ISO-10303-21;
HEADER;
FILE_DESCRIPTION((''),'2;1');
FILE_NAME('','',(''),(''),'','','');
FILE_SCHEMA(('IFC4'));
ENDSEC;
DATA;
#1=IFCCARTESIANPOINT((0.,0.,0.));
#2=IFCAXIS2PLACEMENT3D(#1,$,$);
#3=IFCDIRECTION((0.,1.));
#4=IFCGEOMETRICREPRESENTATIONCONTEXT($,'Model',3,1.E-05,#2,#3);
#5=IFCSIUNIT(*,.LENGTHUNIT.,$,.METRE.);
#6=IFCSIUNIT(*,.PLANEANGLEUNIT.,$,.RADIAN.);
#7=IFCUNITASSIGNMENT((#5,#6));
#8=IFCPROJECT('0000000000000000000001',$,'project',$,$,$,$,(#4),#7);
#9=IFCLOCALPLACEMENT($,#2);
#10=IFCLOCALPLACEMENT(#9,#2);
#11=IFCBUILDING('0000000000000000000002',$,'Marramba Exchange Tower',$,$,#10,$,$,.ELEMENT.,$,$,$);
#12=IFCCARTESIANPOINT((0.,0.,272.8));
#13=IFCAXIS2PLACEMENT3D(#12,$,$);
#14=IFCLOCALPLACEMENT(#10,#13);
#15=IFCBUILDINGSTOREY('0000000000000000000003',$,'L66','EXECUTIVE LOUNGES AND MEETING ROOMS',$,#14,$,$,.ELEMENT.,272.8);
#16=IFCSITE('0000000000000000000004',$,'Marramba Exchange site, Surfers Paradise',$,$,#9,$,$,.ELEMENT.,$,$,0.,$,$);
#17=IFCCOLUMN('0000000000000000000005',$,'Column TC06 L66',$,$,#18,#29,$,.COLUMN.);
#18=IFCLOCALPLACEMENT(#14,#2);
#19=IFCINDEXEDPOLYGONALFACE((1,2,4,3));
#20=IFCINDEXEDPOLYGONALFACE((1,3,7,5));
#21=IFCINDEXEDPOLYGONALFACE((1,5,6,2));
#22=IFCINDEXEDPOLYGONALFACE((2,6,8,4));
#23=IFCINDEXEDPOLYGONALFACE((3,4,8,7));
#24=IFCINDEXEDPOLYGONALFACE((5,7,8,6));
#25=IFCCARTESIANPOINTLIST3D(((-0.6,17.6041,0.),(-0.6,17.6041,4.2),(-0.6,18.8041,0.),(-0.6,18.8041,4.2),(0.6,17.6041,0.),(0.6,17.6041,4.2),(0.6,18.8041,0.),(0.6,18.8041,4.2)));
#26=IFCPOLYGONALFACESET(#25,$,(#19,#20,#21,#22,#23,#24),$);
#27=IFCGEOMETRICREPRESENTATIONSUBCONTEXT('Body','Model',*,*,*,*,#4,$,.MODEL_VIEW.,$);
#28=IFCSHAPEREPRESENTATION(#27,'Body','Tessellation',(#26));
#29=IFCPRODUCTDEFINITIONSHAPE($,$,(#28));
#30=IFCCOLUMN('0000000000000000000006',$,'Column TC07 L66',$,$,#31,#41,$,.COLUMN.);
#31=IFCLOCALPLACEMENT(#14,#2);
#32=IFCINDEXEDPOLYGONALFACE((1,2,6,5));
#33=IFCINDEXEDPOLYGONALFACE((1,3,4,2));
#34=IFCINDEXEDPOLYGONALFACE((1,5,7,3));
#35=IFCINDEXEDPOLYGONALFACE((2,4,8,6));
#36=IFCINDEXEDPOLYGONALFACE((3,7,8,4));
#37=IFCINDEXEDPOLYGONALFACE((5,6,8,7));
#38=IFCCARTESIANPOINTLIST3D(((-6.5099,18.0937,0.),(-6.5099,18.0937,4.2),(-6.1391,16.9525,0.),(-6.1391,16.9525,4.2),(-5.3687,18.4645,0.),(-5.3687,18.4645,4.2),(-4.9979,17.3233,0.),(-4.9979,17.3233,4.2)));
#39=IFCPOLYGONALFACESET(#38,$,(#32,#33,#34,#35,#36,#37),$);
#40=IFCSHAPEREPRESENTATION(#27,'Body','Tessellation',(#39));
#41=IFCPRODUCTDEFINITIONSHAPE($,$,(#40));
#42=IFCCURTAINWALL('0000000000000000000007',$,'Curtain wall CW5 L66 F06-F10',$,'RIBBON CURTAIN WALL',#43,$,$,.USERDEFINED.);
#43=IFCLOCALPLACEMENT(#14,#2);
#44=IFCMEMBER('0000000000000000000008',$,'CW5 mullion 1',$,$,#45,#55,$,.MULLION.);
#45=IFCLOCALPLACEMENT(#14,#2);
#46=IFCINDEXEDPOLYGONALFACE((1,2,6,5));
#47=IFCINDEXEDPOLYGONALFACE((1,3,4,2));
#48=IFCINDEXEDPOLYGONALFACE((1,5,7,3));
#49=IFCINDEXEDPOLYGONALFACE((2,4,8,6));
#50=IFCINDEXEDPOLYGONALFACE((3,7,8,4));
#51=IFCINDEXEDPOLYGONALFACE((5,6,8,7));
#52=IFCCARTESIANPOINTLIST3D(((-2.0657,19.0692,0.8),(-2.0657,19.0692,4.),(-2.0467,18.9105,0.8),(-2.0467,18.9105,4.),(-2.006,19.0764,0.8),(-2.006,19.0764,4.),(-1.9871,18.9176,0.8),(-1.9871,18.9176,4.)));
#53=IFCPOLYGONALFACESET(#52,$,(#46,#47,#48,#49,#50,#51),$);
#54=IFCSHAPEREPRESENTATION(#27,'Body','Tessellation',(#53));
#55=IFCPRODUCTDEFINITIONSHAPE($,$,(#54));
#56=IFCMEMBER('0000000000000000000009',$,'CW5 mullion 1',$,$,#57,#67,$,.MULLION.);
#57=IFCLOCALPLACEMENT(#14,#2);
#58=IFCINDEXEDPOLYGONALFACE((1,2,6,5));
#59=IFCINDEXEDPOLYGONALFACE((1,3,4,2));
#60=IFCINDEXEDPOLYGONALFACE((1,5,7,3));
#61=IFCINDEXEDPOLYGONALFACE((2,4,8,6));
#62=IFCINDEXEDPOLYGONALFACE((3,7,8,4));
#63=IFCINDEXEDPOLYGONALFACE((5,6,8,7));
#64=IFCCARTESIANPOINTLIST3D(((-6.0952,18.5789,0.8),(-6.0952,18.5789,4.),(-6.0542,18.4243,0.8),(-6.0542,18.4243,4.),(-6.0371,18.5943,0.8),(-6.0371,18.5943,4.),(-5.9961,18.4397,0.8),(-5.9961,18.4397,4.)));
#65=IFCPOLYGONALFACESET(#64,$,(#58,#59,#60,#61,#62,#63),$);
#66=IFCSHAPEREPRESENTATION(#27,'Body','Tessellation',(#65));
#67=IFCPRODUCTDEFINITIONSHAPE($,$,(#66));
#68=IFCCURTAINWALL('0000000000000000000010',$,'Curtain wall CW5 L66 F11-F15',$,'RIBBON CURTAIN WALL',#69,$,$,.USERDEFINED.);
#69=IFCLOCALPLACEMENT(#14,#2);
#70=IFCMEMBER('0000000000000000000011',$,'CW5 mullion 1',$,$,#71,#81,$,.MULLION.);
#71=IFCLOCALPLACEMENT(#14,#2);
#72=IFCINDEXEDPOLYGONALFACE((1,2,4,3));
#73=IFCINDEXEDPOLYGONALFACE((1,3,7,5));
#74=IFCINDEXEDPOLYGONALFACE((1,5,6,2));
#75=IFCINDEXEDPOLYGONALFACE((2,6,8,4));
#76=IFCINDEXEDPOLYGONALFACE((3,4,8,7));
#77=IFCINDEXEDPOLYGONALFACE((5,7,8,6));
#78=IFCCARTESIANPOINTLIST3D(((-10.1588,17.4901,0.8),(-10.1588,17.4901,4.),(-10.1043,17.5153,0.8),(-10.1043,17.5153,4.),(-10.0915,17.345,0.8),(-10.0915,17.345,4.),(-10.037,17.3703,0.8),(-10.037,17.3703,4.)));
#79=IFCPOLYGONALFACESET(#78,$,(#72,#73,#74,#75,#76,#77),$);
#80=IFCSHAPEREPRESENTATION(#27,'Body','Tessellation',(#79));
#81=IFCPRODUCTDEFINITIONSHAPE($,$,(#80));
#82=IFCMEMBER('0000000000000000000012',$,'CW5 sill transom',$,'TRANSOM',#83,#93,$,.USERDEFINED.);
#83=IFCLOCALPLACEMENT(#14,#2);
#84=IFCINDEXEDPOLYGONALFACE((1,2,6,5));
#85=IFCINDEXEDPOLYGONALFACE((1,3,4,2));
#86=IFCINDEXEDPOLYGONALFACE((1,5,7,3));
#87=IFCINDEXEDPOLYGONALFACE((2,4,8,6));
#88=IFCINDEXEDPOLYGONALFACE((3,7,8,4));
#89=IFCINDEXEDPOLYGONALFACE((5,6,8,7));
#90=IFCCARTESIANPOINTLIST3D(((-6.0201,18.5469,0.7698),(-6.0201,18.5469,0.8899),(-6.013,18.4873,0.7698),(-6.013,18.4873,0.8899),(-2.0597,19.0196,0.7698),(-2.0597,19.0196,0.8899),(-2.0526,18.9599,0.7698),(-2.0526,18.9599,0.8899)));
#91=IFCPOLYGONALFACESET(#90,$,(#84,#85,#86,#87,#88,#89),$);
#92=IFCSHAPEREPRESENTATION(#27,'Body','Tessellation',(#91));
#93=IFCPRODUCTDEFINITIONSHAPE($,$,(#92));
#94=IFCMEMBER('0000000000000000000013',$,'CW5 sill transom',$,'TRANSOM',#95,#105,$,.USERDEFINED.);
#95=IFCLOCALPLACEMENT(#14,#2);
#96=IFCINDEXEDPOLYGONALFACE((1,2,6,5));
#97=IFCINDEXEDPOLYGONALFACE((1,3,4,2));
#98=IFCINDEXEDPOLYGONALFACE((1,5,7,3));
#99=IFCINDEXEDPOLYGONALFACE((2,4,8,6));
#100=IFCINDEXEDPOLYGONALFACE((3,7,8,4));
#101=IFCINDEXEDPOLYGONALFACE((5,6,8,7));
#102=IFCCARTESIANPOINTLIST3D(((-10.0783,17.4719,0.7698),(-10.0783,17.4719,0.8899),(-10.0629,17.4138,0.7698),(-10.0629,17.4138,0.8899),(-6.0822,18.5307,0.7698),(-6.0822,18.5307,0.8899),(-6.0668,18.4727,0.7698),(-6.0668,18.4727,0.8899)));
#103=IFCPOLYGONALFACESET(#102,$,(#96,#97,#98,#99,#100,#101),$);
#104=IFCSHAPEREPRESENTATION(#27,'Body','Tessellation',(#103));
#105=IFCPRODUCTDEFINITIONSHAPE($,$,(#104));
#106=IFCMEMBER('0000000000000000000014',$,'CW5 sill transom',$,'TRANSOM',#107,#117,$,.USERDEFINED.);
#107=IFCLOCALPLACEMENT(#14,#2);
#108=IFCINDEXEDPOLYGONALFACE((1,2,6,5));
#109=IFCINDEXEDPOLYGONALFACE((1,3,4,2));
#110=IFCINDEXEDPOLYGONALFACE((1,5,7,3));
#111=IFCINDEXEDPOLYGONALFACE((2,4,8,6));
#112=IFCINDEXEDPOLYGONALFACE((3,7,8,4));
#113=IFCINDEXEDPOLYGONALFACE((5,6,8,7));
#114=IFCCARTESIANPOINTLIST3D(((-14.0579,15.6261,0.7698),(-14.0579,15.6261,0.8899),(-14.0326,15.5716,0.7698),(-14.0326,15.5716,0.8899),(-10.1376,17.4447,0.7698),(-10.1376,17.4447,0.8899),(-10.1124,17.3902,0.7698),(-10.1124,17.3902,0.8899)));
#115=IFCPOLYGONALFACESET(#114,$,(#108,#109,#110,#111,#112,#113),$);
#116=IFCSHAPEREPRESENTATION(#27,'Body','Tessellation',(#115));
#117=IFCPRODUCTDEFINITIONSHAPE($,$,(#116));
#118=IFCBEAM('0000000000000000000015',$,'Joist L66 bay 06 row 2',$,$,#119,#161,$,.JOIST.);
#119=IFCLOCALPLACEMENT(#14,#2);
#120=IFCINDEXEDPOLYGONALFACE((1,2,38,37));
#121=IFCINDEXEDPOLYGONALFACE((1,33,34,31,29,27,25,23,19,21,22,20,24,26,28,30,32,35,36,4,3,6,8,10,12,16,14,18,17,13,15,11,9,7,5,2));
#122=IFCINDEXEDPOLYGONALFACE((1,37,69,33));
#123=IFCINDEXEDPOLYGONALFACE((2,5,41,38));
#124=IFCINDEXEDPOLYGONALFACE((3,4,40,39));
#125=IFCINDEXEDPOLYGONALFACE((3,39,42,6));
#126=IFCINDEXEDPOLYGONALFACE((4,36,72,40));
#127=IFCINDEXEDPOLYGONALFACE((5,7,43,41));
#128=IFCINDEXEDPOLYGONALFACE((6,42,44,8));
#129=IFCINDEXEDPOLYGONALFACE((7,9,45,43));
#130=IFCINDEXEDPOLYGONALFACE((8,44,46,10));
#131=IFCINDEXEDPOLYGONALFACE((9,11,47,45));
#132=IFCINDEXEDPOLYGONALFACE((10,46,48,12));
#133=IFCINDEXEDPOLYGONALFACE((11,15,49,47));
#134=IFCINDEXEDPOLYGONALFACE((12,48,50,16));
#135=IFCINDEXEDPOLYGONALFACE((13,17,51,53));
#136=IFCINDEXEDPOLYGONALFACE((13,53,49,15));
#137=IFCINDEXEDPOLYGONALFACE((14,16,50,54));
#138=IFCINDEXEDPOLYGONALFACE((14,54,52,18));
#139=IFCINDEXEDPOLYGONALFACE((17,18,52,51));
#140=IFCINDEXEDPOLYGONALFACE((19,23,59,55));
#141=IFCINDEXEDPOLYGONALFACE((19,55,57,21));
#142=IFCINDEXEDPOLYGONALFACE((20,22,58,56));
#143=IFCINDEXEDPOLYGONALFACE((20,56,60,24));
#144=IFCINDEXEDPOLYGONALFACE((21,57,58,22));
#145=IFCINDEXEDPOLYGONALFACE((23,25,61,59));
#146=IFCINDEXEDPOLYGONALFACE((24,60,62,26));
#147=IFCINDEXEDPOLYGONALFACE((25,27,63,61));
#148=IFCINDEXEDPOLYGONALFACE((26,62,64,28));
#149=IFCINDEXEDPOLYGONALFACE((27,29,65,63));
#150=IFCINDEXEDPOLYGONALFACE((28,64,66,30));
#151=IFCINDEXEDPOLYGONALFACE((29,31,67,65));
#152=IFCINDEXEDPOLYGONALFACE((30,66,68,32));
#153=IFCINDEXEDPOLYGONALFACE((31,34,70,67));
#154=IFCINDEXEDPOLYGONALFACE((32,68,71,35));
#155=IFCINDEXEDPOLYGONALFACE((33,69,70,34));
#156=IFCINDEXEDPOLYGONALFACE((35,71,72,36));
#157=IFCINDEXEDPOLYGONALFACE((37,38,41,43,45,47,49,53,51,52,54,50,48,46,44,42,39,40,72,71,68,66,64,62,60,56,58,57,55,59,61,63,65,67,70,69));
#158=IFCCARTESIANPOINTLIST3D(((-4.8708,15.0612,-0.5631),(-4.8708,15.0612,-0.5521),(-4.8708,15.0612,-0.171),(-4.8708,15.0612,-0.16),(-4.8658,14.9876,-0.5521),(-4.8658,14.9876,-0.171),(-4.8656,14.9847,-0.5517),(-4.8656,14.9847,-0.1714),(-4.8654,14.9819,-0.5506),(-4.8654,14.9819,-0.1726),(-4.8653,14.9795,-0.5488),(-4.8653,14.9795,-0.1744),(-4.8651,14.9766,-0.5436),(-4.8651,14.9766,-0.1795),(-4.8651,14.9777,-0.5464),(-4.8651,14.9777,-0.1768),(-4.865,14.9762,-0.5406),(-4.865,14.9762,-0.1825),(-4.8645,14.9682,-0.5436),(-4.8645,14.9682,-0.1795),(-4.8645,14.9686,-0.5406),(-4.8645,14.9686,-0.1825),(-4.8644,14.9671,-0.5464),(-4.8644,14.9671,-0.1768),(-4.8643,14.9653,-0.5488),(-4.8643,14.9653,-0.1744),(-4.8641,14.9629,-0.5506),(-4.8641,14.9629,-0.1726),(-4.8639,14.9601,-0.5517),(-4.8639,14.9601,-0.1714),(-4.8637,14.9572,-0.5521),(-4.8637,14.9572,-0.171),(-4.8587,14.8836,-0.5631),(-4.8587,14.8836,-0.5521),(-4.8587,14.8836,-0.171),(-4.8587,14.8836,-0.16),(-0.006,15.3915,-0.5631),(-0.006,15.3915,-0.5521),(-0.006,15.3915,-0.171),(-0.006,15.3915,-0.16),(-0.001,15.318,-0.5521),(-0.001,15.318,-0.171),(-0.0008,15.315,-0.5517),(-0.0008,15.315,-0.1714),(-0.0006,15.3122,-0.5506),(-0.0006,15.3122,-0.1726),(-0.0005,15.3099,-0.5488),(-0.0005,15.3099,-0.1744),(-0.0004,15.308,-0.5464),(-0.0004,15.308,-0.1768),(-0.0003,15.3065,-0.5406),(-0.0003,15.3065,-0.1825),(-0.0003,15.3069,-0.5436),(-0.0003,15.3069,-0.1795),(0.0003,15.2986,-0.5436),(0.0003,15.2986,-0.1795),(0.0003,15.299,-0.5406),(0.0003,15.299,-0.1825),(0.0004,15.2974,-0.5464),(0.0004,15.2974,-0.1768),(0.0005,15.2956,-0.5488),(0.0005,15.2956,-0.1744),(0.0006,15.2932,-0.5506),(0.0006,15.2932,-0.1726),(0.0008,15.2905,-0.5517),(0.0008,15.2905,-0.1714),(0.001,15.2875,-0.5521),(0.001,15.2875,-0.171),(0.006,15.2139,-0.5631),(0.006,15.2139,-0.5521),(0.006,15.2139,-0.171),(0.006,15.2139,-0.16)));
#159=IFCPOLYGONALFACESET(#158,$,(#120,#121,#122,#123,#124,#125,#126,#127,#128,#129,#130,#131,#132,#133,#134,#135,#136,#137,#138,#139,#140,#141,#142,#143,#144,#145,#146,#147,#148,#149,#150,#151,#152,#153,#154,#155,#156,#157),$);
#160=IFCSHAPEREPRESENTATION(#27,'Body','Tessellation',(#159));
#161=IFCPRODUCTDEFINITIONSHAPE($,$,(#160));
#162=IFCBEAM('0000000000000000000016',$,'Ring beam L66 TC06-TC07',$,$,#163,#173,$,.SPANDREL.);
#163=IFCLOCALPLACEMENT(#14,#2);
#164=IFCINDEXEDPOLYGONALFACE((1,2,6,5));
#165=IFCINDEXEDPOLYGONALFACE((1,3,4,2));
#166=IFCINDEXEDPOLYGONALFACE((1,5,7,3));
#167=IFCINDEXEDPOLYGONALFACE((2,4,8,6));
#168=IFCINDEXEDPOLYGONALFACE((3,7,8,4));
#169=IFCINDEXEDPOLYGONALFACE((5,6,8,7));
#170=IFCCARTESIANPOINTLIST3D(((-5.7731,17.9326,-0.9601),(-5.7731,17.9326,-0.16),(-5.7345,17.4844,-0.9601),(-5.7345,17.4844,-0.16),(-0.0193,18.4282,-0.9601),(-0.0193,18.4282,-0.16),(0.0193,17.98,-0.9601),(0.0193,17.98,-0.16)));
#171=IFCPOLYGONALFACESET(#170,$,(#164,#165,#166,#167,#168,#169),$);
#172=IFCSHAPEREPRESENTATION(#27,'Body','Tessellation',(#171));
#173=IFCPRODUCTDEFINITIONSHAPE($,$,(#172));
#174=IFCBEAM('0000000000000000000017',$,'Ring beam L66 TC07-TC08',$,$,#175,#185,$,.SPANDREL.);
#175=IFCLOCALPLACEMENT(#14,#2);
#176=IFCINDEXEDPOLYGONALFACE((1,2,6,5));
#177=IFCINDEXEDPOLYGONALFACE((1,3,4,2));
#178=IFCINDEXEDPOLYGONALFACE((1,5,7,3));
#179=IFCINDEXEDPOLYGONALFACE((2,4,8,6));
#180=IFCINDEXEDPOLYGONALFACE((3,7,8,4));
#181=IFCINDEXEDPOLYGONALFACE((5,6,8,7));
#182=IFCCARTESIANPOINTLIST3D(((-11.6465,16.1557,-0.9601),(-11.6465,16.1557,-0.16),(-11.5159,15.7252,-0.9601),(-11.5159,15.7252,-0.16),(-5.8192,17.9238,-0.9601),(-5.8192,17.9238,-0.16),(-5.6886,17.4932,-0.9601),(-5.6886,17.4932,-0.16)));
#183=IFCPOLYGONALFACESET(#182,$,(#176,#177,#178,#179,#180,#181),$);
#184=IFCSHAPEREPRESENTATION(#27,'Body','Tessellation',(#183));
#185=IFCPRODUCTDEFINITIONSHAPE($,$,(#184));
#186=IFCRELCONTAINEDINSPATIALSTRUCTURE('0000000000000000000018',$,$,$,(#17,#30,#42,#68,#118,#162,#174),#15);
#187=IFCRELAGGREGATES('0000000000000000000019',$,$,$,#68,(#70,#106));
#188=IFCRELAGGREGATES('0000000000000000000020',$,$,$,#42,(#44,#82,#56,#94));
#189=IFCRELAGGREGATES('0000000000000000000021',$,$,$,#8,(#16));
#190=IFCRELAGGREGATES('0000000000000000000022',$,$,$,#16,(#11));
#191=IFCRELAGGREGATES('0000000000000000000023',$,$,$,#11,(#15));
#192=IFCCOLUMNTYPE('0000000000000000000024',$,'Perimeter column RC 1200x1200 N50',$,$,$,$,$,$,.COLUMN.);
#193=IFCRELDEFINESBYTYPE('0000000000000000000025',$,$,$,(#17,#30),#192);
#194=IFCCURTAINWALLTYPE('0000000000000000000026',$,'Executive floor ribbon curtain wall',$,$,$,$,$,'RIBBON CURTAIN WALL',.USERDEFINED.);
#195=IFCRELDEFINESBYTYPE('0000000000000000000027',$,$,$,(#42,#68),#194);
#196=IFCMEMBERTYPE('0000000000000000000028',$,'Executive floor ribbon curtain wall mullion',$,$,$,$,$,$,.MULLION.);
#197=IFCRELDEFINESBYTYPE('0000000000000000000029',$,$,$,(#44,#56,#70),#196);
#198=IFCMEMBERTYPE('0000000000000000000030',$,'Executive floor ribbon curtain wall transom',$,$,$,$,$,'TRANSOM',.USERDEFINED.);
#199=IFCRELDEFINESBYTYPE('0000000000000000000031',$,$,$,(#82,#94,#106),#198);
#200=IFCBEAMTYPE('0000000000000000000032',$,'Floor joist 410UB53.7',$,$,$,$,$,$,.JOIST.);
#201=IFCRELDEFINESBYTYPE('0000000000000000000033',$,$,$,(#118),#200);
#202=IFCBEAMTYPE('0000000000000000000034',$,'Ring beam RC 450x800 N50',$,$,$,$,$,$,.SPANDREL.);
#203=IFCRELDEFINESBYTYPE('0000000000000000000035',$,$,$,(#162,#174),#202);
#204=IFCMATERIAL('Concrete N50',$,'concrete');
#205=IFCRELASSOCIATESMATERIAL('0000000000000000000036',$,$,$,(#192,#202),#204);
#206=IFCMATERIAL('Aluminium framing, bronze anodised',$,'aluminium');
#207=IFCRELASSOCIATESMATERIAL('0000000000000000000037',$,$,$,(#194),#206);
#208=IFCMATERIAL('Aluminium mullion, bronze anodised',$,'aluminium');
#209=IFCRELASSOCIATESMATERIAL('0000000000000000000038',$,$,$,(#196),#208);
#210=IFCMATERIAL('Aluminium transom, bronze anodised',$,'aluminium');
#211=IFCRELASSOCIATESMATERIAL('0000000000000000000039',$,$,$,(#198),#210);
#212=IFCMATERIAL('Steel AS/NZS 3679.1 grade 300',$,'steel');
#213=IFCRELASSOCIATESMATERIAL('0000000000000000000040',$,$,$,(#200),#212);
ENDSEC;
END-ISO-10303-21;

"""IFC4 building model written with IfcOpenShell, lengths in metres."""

from ifc_helpers import new_model, si_unit, direction, frame, origin, origin_2d, place, context, subcontext, project, spatial, rectangle, i_section, extrude, material, material_profile, profile_set, type_object, element, aggregate, save


model = new_model("IFC4")

# Units and contexts
model_context = context("Model", 3, precision=1e-05, world=origin(), true_north=direction((0.0, 1.0)))
body_context = subcontext(model_context, "Body", "Model", "MODEL_VIEW")
ifc_project = project(units=[si_unit("LENGTHUNIT", "METRE"), si_unit("PLANEANGLEUNIT", "RADIAN")], contexts=[model_context])

# Site, building, storey
site_placement = place(None, origin())
site = spatial("IfcSite", under=ifc_project, at=site_placement, Name="Marramba Exchange site, Surfers Paradise", CompositionType="ELEMENT", RefElevation=0.0)
building_placement = place(site_placement, origin())
building = spatial("IfcBuilding", under=site, at=building_placement, Name="Marramba Exchange Tower", CompositionType="ELEMENT")
storey_placement = place(building_placement, frame((0.0, 0.0, 272.8)))
storey = spatial("IfcBuildingStorey", under=building, at=storey_placement, Name="L66", Description="EXECUTIVE LOUNGES AND MEETING ROOMS", CompositionType="ELEMENT", Elevation=272.8)

# Columns
ifc_material_1 = material(Name="Concrete N50", Category="concrete")
ifc_material_profile_1 = material_profile(ifc_material_1, rectangle(XDim=1.2, YDim=1.2, at=origin_2d()), Name="RC 1200x1200")
ifc_profile_set_1 = profile_set([ifc_material_profile_1], Name="Concrete N50")
column_type = type_object("IfcColumnType", Name="Perimeter column RC 1200x1200 N50", PredefinedType="COLUMN", material=ifc_profile_set_1)
for number, where, z_axis, x_axis, name in (
    (1, (0.0, 18.2041, 0.0), (0.0, 0.0, 1.0), (0.0, 1.0, 0.0), "Column TC06 L66"),
    (2, (-5.7539, 17.7085, 0.0), (0.0, 0.0, 1.0), (-0.309017, 0.951057, 0.0), "Column TC07 L66"),
):
    element("IfcColumn", number, at=place(storey_placement, frame(where, z_axis=z_axis, x_axis=x_axis)), inside=storey, type_object=column_type, Name=name, PredefinedType="COLUMN", context=body_context, shape_type="SweptSolid", body=[
        extrude(rectangle(XDim=1.2, YDim=1.2, at=origin_2d()), origin(), (0.0, 0.0, 1.0), 4.2),
    ])

# Curtain wall, members
ifc_material_2 = material(Name="Aluminium framing, bronze anodised", Category="aluminium")
curtain_wall_type = type_object("IfcCurtainWallType", Name="Executive floor ribbon curtain wall", ElementType="RIBBON CURTAIN WALL", PredefinedType="USERDEFINED", material=ifc_material_2)
curtain_wall_1_placement = place(storey_placement, origin())
curtain_wall_1 = element("IfcCurtainWall", 3, at=curtain_wall_1_placement, inside=storey, type_object=curtain_wall_type, Name="Curtain wall CW5 L66 F06-F10", ObjectType="RIBBON CURTAIN WALL", PredefinedType="USERDEFINED")
ifc_material_3 = material(Name="Aluminium mullion, bronze anodised", Category="aluminium")
ifc_material_profile_2 = material_profile(ifc_material_3, rectangle(XDim=0.1599, YDim=0.0601, at=origin_2d()), Name="CW5 mullion 60x160")
ifc_profile_set_2 = profile_set([ifc_material_profile_2], Name="Aluminium mullion, bronze anodised")
member_type_1 = type_object("IfcMemberType", Name="Executive floor ribbon curtain wall mullion", PredefinedType="MULLION", material=ifc_profile_set_2)
member_1_placement = place(storey_placement, frame((-2.0264, 18.9934, 0.8), z_axis=(0.0, 0.0, 1.0), x_axis=(0.118557, -0.992947, 0.0)))
member_1 = element("IfcMember", 4, at=member_1_placement, type_object=member_type_1, Name="CW5 mullion 1", PredefinedType="MULLION", context=body_context, shape_type="SweptSolid", body=[
    extrude(rectangle(XDim=0.1599, YDim=0.0601, at=origin_2d()), origin(), (0.0, 0.0, 1.0), 3.2),
])
member_2_placement = place(storey_placement, frame((-6.0457, 18.5093, 0.8), z_axis=(0.0, 0.0, 1.0), x_axis=(0.256126, -0.966644, 0.0)))
member_2 = element("IfcMember", 5, at=member_2_placement, type_object=member_type_1, Name="CW5 mullion 1", PredefinedType="MULLION", context=body_context, shape_type="SweptSolid", body=[
    extrude(rectangle(XDim=0.1599, YDim=0.0601, at=origin_2d()), origin(), (0.0, 0.0, 1.0), 3.2),
])

# Curtain wall, member
curtain_wall_2_placement = place(storey_placement, origin())
curtain_wall_2 = element("IfcCurtainWall", 6, at=curtain_wall_2_placement, inside=storey, type_object=curtain_wall_type, Name="Curtain wall CW5 L66 F11-F15", ObjectType="RIBBON CURTAIN WALL", PredefinedType="USERDEFINED")
member_3_placement = place(storey_placement, frame((-10.0979, 17.4302, 0.8), z_axis=(0.0, 0.0, 1.0), x_axis=(0.420849, -0.907131, 0.0)))
member_3 = element("IfcMember", 7, at=member_3_placement, type_object=member_type_1, Name="CW5 mullion 1", PredefinedType="MULLION", context=body_context, shape_type="SweptSolid", body=[
    extrude(rectangle(XDim=0.1599, YDim=0.0601, at=origin_2d()), origin(), (0.0, 0.0, 1.0), 3.2),
])

# Members
ifc_material_4 = material(Name="Aluminium transom, bronze anodised", Category="aluminium")
ifc_material_profile_3 = material_profile(ifc_material_4, rectangle(XDim=0.0601, YDim=0.1201, at=origin_2d()), Name="CW5 transom 60x120")
ifc_profile_set_3 = profile_set([ifc_material_profile_3], Name="Aluminium transom, bronze anodised")
member_type_2 = type_object("IfcMemberType", Name="Executive floor ribbon curtain wall transom", ElementType="TRANSOM", PredefinedType="USERDEFINED", material=ifc_profile_set_3)
member_4_placement = place(storey_placement, frame((-2.0562, 18.9897, 0.8298), z_axis=(-0.992954, -0.118503, 0.0), x_axis=(0.118503, -0.992954, 0.0)))
member_4 = element("IfcMember", 8, at=member_4_placement, type_object=member_type_2, Name="CW5 sill transom", ObjectType="TRANSOM", PredefinedType="USERDEFINED", context=body_context, shape_type="SweptSolid", body=[
    extrude(rectangle(XDim=0.0601, YDim=0.1201, at=origin_2d()), origin(), (0.0, 0.0, 1.0), 3.9885),
])
member_5_placement = place(storey_placement, frame((-6.0745, 18.5017, 0.8298), z_axis=(-0.966642, -0.25613, 0.0), x_axis=(0.25613, -0.966642, 0.0)))
member_5 = element("IfcMember", 9, at=member_5_placement, type_object=member_type_2, Name="CW5 sill transom", ObjectType="TRANSOM", PredefinedType="USERDEFINED", context=body_context, shape_type="SweptSolid", body=[
    extrude(rectangle(XDim=0.0601, YDim=0.1201, at=origin_2d()), origin(), (0.0, 0.0, 1.0), 4.134),
])
member_6_placement = place(storey_placement, frame((-10.125, 17.4175, 0.8298), z_axis=(-0.907139, -0.420831, 0.0), x_axis=(0.420831, -0.907139, 0.0)))
member_6 = element("IfcMember", 10, at=member_6_placement, type_object=member_type_2, Name="CW5 sill transom", ObjectType="TRANSOM", PredefinedType="USERDEFINED", context=body_context, shape_type="SweptSolid", body=[
    extrude(rectangle(XDim=0.0601, YDim=0.1201, at=origin_2d()), origin(), (0.0, 0.0, 1.0), 4.3215),
])
aggregate(curtain_wall_2, [member_3, member_6])

# Beams
ifc_material_5 = material(Name="Steel AS/NZS 3679.1 grade 300", Category="steel")
ifc_material_profile_4 = material_profile(ifc_material_5, i_section(OverallWidth=0.178, OverallDepth=0.4031, WebThickness=0.0076, FlangeThickness=0.011, FilletRadius=0.0115, at=origin_2d()), Name="410UB53.7")
ifc_profile_set_4 = profile_set([ifc_material_profile_4], Name="Steel AS/NZS 3679.1 grade 300")
beam_type_1 = type_object("IfcBeamType", Name="Floor joist 410UB53.7", PredefinedType="JOIST", material=ifc_profile_set_4)
beam_1_placement = place(storey_placement, frame((0.0, 15.3027, -0.3616), z_axis=(-0.997703, -0.067745, 0.0), x_axis=(0.067745, -0.997703, 0.0)))
element("IfcBeam", 11, at=beam_1_placement, inside=storey, type_object=beam_type_1, Name="Joist L66 bay 06 row 2", PredefinedType="JOIST", context=body_context, shape_type="SweptSolid", body=[
    extrude(i_section(OverallWidth=0.178, OverallDepth=0.4031, WebThickness=0.0076, FlangeThickness=0.011, FilletRadius=0.0115, at=origin_2d()), origin(), (0.0, 0.0, 1.0), 4.876),
])
ifc_material_profile_5 = material_profile(ifc_material_1, rectangle(XDim=0.45, YDim=0.8, at=origin_2d()), Name="RC 450x800")
ifc_profile_set_5 = profile_set([ifc_material_profile_5], Name="Concrete N50")
beam_type_2 = type_object("IfcBeamType", Name="Ring beam RC 450x800 N50", PredefinedType="SPANDREL", material=ifc_profile_set_5)
beam_2_placement = place(storey_placement, frame((0.0, 18.2041, -0.5601), z_axis=(-0.996311, -0.085816, 0.0), x_axis=(0.085816, -0.996311, 0.0)))
element("IfcBeam", 12, at=beam_2_placement, inside=storey, type_object=beam_type_2, Name="Ring beam L66 TC06-TC07", PredefinedType="SPANDREL", context=body_context, shape_type="SweptSolid", body=[
    extrude(rectangle(XDim=0.45, YDim=0.8, at=origin_2d()), origin(), (0.0, 0.0, 1.0), 5.7751),
])
beam_3_placement = place(storey_placement, frame((-5.7539, 17.7085, -0.5601), z_axis=(-0.956925, -0.290337, 0.0), x_axis=(0.290337, -0.956925, 0.0)))
element("IfcBeam", 13, at=beam_3_placement, inside=storey, type_object=beam_type_2, Name="Ring beam L66 TC07-TC08", PredefinedType="SPANDREL", context=body_context, shape_type="SweptSolid", body=[
    extrude(rectangle(XDim=0.45, YDim=0.8, at=origin_2d()), origin(), (0.0, 0.0, 1.0), 6.0896),
])

aggregate(curtain_wall_1, [member_1, member_4, member_2, member_5])

save(model, "model.ifc")
